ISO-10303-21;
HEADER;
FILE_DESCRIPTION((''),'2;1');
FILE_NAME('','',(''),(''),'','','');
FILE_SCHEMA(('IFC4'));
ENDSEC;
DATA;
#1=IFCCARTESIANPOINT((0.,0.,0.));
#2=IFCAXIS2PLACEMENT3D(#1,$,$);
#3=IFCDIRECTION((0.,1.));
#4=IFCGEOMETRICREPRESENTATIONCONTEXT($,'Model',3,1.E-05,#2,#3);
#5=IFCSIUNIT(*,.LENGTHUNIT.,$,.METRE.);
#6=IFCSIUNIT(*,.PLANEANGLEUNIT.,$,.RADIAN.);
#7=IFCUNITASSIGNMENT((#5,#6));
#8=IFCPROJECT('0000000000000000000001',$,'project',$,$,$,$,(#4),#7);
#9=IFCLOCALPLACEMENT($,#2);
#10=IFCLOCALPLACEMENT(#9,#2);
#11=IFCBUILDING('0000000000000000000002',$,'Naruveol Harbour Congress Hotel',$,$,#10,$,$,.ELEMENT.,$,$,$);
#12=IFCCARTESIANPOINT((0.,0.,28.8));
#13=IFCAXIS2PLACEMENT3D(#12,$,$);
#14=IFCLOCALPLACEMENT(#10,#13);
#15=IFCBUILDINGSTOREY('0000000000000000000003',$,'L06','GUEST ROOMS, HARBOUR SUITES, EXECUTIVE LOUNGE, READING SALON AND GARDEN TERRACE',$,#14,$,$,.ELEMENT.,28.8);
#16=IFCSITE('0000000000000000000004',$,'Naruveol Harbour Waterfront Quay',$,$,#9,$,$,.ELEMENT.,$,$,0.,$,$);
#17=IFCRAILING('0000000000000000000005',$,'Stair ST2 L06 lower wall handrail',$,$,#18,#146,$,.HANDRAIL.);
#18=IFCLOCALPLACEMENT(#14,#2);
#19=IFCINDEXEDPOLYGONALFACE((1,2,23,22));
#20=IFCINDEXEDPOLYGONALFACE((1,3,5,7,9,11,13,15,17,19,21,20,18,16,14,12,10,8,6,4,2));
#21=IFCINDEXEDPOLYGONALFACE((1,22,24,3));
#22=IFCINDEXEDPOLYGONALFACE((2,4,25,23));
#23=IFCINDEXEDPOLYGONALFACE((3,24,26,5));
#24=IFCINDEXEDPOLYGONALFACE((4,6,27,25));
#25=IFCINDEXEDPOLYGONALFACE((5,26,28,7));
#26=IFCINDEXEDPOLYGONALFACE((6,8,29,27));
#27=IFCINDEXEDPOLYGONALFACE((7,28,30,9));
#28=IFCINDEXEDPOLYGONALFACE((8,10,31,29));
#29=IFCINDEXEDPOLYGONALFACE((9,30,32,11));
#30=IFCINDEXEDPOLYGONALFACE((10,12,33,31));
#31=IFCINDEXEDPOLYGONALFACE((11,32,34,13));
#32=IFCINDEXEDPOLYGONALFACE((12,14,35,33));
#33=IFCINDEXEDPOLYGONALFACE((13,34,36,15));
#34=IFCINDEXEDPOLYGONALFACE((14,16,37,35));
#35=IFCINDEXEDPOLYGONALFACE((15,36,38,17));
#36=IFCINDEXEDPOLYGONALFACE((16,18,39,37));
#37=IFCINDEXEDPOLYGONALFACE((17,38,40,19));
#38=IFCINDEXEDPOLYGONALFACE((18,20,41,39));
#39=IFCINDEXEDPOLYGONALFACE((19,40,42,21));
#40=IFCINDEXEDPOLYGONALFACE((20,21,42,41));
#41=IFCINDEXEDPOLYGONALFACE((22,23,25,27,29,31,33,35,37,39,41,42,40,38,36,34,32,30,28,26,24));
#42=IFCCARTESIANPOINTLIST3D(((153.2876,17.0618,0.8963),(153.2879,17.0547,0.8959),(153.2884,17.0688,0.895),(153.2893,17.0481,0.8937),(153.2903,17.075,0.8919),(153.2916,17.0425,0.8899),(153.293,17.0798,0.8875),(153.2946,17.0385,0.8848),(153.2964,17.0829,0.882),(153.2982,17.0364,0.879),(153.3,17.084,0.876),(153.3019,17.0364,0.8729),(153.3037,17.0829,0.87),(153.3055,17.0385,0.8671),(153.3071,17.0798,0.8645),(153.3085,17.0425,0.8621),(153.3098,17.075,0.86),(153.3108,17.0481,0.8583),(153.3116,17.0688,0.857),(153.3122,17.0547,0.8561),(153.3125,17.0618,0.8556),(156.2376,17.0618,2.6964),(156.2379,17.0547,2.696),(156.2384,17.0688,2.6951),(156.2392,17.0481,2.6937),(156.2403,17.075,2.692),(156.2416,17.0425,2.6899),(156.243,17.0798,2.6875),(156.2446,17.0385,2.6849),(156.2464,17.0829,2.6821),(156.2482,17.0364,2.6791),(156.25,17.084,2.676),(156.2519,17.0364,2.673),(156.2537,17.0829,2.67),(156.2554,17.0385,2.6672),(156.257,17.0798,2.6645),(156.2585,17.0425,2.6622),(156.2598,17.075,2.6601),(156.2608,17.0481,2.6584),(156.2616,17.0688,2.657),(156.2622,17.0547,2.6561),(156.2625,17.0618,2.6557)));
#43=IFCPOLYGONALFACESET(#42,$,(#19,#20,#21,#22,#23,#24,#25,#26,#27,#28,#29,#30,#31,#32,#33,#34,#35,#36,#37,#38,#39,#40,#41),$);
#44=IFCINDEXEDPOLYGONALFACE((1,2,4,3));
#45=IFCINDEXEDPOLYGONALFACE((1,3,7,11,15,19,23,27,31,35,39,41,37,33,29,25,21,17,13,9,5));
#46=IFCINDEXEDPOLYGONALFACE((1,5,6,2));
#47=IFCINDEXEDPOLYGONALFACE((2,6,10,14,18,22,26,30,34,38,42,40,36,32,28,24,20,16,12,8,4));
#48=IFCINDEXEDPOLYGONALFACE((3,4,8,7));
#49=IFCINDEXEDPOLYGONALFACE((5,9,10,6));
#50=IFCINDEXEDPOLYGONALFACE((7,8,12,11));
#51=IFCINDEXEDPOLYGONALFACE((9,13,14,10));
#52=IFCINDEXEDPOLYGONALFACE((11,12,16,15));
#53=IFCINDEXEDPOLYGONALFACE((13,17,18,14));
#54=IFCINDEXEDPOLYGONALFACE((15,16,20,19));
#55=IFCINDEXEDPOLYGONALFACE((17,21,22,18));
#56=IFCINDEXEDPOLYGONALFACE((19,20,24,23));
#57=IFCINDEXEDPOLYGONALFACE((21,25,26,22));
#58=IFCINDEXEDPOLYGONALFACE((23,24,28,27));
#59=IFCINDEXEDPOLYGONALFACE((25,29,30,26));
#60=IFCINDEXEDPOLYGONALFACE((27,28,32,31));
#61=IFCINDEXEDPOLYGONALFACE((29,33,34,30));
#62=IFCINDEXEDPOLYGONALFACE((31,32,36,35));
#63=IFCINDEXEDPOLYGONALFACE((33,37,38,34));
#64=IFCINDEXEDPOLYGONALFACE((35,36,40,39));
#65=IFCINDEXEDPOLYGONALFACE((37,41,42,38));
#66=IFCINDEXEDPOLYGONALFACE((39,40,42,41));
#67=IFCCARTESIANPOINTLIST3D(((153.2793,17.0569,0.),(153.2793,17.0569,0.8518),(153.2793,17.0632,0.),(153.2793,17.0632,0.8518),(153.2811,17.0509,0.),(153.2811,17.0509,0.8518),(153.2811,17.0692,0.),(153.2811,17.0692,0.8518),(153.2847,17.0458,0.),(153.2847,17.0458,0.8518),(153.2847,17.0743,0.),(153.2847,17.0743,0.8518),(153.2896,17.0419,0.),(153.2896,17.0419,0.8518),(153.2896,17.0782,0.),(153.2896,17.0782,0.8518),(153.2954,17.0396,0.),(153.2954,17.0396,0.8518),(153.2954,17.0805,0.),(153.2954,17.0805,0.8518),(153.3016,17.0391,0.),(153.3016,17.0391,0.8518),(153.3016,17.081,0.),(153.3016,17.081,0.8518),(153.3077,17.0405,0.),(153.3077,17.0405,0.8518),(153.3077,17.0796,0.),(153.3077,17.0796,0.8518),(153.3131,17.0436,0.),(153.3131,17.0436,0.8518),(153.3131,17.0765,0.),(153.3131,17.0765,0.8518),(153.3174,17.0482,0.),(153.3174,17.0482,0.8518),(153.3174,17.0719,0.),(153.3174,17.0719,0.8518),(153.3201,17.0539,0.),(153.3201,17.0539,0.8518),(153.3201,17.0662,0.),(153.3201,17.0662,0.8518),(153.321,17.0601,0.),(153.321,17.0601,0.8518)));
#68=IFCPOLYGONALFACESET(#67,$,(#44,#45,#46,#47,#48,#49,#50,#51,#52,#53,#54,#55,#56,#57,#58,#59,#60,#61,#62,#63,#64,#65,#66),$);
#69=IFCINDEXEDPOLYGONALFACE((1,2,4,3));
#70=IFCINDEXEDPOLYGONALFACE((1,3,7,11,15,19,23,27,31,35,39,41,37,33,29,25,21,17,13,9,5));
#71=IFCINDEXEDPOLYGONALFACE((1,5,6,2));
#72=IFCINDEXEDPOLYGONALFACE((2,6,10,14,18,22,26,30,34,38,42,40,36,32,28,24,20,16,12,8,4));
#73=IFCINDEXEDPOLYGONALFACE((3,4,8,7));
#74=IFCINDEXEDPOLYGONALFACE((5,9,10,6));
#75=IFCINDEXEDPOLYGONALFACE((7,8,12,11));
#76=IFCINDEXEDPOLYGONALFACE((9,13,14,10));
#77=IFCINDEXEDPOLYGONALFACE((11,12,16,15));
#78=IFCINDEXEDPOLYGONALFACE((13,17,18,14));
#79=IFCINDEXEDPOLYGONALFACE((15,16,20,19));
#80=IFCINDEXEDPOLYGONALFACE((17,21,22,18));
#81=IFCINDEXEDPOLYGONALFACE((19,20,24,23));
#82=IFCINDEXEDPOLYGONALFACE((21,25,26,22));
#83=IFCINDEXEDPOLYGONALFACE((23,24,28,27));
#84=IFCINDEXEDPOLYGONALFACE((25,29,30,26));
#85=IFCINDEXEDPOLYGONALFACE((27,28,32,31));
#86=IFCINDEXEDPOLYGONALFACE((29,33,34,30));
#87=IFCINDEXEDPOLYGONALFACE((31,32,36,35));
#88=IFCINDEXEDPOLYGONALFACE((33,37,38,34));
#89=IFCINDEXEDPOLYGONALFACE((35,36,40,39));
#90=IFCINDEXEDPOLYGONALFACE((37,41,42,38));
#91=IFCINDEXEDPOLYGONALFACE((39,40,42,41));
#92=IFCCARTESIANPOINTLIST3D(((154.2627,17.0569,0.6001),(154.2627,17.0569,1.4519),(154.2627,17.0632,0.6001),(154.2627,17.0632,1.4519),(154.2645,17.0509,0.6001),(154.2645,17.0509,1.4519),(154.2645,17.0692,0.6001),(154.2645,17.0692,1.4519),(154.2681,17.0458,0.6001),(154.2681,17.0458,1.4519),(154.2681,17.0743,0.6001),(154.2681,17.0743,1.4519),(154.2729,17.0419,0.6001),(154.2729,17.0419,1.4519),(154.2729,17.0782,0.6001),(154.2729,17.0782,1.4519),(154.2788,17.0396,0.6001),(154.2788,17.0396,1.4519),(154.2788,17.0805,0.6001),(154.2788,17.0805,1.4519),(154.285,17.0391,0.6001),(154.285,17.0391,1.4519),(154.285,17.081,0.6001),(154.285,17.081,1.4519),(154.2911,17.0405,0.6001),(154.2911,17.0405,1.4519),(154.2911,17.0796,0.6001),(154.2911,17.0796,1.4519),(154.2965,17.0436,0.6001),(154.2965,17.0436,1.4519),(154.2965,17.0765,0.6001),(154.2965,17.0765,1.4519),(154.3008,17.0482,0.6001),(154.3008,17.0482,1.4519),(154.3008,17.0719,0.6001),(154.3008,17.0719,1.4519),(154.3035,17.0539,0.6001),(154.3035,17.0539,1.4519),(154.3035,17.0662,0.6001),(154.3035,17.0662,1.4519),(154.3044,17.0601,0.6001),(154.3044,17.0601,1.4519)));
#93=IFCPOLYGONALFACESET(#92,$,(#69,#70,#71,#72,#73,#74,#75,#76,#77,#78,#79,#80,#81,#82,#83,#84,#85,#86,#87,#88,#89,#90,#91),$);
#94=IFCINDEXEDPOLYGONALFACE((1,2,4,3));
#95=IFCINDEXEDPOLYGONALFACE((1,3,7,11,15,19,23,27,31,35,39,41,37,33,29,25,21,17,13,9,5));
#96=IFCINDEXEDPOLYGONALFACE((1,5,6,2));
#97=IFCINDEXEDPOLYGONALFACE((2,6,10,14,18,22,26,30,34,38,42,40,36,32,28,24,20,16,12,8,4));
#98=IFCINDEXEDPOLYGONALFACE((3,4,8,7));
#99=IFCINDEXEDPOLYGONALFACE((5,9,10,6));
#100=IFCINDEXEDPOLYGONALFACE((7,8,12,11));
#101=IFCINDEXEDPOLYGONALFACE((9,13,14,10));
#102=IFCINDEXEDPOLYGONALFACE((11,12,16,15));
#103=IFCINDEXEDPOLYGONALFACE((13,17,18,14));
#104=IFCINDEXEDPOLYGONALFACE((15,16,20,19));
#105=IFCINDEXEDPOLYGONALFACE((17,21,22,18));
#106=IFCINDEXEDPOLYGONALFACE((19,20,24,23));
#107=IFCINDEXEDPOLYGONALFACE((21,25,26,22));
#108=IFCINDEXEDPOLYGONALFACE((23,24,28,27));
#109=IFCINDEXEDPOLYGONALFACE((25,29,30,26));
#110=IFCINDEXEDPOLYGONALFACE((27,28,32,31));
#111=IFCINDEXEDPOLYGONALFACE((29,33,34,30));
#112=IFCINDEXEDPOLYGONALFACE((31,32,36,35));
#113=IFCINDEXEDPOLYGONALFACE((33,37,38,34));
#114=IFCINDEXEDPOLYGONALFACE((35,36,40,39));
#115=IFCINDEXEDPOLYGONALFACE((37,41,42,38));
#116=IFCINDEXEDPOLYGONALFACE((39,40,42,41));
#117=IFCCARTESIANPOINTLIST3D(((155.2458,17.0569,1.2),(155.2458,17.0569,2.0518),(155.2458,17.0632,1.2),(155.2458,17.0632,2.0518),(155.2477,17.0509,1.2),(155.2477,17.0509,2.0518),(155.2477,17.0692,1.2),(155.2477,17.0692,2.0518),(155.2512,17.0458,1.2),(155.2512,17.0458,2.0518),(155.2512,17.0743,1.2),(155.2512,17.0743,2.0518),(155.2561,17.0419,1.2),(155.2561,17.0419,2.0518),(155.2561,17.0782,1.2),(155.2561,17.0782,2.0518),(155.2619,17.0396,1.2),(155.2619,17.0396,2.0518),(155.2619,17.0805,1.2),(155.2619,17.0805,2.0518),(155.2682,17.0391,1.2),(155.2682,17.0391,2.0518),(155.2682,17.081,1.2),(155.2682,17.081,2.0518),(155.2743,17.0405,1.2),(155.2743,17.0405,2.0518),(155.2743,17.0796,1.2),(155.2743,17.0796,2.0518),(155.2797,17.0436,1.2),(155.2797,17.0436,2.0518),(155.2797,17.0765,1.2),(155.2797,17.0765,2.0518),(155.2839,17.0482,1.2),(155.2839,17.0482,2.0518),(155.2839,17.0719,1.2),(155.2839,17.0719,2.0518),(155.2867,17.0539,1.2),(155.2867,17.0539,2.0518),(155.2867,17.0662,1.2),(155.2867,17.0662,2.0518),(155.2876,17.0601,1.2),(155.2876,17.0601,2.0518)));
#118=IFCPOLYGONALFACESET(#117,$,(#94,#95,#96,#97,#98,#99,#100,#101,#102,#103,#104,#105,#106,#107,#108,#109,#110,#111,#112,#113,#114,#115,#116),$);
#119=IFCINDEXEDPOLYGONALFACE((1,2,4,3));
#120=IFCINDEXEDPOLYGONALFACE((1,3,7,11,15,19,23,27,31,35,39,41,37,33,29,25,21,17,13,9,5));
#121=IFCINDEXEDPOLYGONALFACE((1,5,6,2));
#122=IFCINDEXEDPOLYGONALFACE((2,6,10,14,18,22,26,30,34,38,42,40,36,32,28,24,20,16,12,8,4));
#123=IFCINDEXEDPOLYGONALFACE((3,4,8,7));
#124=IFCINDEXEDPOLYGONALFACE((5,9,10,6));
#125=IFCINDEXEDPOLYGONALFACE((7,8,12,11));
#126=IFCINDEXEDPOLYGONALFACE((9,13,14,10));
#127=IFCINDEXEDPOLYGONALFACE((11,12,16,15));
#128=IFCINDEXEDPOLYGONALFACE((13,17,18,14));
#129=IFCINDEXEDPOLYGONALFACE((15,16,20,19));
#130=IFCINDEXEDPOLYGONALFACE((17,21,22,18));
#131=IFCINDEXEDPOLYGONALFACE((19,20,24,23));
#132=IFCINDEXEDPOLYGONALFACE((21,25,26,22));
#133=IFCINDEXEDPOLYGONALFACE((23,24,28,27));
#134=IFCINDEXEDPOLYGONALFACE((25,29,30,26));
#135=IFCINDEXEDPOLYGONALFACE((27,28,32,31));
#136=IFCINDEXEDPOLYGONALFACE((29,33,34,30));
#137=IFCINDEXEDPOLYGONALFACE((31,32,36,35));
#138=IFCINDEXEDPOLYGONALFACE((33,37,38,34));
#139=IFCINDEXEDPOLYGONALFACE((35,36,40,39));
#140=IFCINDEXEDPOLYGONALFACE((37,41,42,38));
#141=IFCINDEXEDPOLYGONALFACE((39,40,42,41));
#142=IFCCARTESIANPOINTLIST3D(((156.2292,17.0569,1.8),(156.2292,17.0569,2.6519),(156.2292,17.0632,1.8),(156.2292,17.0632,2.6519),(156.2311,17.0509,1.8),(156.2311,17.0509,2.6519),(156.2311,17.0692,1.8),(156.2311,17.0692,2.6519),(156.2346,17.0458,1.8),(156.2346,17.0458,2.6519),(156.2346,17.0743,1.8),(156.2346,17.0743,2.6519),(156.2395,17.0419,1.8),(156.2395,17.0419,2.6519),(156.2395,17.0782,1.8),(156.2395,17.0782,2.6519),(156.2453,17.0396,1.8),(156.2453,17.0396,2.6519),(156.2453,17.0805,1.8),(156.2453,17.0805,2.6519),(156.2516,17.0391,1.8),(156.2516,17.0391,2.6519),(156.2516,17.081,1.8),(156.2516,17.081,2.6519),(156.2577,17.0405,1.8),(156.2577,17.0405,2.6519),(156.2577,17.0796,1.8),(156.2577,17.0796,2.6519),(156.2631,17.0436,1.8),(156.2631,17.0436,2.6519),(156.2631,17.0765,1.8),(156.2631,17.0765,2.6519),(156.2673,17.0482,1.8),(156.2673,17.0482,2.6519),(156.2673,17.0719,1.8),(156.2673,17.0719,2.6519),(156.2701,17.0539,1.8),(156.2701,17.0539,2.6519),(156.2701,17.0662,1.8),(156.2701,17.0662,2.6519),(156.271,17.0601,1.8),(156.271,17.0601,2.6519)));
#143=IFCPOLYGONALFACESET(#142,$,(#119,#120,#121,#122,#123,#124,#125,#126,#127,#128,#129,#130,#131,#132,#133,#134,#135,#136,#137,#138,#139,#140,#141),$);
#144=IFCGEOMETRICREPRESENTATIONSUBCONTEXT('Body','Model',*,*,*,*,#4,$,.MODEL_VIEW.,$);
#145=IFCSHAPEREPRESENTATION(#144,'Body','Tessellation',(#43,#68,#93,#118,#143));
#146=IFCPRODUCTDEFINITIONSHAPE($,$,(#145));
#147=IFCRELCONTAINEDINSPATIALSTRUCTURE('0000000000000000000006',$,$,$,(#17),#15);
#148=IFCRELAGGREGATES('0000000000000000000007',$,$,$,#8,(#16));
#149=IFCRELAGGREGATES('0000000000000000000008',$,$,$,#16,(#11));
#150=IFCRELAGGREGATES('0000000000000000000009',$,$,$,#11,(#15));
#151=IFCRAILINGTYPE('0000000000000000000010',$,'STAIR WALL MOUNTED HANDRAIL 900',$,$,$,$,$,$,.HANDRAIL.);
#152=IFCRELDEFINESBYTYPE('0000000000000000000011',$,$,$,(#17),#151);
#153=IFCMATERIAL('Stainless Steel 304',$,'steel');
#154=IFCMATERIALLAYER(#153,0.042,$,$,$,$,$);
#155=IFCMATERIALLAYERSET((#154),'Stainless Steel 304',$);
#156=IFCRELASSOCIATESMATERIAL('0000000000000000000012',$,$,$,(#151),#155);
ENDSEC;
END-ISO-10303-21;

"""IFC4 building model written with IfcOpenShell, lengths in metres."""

from ifc_helpers import new_model, si_unit, direction, frame, origin, origin_2d, place, context, subcontext, project, spatial, circle, extrude, material, layer, layer_set, type_object, element, save


model = new_model("IFC4")

# Units and contexts
model_context = context("Model", 3, precision=1e-05, world=origin(), true_north=direction((0.0, 1.0)))
body_context = subcontext(model_context, "Body", "Model", "MODEL_VIEW")
ifc_project = project(units=[si_unit("LENGTHUNIT", "METRE"), si_unit("PLANEANGLEUNIT", "RADIAN")], contexts=[model_context])

# Site, building, storey
site_placement = place(None, origin())
site = spatial("IfcSite", under=ifc_project, at=site_placement, Name="Naruveol Harbour Waterfront Quay", CompositionType="ELEMENT", RefElevation=0.0)
building_placement = place(site_placement, origin())
building = spatial("IfcBuilding", under=site, at=building_placement, Name="Naruveol Harbour Congress Hotel", CompositionType="ELEMENT")
storey_placement = place(building_placement, frame((0.0, 0.0, 28.8)))
storey = spatial("IfcBuildingStorey", under=building, at=storey_placement, Name="L06", Description="GUEST ROOMS, HARBOUR SUITES, EXECUTIVE LOUNGE, READING SALON AND GARDEN TERRACE", CompositionType="ELEMENT", Elevation=28.8)

# Railing
ifc_material_1 = material(Name="Stainless Steel 304", Category="steel")
ifc_layer_1 = layer(ifc_material_1, 0.042)
ifc_layer_set_1 = layer_set([ifc_layer_1], Name="Stainless Steel 304")
railing_type_1 = type_object("IfcRailingType", Name="STAIR WALL MOUNTED HANDRAIL 900", PredefinedType="HANDRAIL", material=ifc_layer_set_1)
railing_1_placement = place(storey_placement, frame((153.3, 17.0601, 0.0)))
element("IfcRailing", 1, at=railing_1_placement, inside=storey, type_object=railing_type_1, Name="Stair ST2 L06 lower wall handrail", PredefinedType="HANDRAIL", context=body_context, shape_type="SweptSolid", body=[
    extrude(circle(Radius=0.0239, at=origin_2d()), frame((0.0, 0.0, 0.876), z_axis=(0.853629, 0.0, 0.520881), x_axis=(0.0, 1.0, 0.0)), (0.0, 0.0, 1.0), 3.4558),
    extrude(circle(Radius=0.021, at=origin_2d()), origin(), (0.0, 0.0, 1.0), 0.8518),
    extrude(circle(Radius=0.021, at=origin_2d()), frame((0.9834, 0.0, 0.6001)), (0.0, 0.0, 1.0), 0.8518),
    extrude(circle(Radius=0.021, at=origin_2d()), frame((1.9666, 0.0, 1.2)), (0.0, 0.0, 1.0), 0.8518),
    extrude(circle(Radius=0.021, at=origin_2d()), frame((2.95, 0.0, 1.8)), (0.0, 0.0, 1.0), 0.8518),
])

save(model, "model.ifc")
